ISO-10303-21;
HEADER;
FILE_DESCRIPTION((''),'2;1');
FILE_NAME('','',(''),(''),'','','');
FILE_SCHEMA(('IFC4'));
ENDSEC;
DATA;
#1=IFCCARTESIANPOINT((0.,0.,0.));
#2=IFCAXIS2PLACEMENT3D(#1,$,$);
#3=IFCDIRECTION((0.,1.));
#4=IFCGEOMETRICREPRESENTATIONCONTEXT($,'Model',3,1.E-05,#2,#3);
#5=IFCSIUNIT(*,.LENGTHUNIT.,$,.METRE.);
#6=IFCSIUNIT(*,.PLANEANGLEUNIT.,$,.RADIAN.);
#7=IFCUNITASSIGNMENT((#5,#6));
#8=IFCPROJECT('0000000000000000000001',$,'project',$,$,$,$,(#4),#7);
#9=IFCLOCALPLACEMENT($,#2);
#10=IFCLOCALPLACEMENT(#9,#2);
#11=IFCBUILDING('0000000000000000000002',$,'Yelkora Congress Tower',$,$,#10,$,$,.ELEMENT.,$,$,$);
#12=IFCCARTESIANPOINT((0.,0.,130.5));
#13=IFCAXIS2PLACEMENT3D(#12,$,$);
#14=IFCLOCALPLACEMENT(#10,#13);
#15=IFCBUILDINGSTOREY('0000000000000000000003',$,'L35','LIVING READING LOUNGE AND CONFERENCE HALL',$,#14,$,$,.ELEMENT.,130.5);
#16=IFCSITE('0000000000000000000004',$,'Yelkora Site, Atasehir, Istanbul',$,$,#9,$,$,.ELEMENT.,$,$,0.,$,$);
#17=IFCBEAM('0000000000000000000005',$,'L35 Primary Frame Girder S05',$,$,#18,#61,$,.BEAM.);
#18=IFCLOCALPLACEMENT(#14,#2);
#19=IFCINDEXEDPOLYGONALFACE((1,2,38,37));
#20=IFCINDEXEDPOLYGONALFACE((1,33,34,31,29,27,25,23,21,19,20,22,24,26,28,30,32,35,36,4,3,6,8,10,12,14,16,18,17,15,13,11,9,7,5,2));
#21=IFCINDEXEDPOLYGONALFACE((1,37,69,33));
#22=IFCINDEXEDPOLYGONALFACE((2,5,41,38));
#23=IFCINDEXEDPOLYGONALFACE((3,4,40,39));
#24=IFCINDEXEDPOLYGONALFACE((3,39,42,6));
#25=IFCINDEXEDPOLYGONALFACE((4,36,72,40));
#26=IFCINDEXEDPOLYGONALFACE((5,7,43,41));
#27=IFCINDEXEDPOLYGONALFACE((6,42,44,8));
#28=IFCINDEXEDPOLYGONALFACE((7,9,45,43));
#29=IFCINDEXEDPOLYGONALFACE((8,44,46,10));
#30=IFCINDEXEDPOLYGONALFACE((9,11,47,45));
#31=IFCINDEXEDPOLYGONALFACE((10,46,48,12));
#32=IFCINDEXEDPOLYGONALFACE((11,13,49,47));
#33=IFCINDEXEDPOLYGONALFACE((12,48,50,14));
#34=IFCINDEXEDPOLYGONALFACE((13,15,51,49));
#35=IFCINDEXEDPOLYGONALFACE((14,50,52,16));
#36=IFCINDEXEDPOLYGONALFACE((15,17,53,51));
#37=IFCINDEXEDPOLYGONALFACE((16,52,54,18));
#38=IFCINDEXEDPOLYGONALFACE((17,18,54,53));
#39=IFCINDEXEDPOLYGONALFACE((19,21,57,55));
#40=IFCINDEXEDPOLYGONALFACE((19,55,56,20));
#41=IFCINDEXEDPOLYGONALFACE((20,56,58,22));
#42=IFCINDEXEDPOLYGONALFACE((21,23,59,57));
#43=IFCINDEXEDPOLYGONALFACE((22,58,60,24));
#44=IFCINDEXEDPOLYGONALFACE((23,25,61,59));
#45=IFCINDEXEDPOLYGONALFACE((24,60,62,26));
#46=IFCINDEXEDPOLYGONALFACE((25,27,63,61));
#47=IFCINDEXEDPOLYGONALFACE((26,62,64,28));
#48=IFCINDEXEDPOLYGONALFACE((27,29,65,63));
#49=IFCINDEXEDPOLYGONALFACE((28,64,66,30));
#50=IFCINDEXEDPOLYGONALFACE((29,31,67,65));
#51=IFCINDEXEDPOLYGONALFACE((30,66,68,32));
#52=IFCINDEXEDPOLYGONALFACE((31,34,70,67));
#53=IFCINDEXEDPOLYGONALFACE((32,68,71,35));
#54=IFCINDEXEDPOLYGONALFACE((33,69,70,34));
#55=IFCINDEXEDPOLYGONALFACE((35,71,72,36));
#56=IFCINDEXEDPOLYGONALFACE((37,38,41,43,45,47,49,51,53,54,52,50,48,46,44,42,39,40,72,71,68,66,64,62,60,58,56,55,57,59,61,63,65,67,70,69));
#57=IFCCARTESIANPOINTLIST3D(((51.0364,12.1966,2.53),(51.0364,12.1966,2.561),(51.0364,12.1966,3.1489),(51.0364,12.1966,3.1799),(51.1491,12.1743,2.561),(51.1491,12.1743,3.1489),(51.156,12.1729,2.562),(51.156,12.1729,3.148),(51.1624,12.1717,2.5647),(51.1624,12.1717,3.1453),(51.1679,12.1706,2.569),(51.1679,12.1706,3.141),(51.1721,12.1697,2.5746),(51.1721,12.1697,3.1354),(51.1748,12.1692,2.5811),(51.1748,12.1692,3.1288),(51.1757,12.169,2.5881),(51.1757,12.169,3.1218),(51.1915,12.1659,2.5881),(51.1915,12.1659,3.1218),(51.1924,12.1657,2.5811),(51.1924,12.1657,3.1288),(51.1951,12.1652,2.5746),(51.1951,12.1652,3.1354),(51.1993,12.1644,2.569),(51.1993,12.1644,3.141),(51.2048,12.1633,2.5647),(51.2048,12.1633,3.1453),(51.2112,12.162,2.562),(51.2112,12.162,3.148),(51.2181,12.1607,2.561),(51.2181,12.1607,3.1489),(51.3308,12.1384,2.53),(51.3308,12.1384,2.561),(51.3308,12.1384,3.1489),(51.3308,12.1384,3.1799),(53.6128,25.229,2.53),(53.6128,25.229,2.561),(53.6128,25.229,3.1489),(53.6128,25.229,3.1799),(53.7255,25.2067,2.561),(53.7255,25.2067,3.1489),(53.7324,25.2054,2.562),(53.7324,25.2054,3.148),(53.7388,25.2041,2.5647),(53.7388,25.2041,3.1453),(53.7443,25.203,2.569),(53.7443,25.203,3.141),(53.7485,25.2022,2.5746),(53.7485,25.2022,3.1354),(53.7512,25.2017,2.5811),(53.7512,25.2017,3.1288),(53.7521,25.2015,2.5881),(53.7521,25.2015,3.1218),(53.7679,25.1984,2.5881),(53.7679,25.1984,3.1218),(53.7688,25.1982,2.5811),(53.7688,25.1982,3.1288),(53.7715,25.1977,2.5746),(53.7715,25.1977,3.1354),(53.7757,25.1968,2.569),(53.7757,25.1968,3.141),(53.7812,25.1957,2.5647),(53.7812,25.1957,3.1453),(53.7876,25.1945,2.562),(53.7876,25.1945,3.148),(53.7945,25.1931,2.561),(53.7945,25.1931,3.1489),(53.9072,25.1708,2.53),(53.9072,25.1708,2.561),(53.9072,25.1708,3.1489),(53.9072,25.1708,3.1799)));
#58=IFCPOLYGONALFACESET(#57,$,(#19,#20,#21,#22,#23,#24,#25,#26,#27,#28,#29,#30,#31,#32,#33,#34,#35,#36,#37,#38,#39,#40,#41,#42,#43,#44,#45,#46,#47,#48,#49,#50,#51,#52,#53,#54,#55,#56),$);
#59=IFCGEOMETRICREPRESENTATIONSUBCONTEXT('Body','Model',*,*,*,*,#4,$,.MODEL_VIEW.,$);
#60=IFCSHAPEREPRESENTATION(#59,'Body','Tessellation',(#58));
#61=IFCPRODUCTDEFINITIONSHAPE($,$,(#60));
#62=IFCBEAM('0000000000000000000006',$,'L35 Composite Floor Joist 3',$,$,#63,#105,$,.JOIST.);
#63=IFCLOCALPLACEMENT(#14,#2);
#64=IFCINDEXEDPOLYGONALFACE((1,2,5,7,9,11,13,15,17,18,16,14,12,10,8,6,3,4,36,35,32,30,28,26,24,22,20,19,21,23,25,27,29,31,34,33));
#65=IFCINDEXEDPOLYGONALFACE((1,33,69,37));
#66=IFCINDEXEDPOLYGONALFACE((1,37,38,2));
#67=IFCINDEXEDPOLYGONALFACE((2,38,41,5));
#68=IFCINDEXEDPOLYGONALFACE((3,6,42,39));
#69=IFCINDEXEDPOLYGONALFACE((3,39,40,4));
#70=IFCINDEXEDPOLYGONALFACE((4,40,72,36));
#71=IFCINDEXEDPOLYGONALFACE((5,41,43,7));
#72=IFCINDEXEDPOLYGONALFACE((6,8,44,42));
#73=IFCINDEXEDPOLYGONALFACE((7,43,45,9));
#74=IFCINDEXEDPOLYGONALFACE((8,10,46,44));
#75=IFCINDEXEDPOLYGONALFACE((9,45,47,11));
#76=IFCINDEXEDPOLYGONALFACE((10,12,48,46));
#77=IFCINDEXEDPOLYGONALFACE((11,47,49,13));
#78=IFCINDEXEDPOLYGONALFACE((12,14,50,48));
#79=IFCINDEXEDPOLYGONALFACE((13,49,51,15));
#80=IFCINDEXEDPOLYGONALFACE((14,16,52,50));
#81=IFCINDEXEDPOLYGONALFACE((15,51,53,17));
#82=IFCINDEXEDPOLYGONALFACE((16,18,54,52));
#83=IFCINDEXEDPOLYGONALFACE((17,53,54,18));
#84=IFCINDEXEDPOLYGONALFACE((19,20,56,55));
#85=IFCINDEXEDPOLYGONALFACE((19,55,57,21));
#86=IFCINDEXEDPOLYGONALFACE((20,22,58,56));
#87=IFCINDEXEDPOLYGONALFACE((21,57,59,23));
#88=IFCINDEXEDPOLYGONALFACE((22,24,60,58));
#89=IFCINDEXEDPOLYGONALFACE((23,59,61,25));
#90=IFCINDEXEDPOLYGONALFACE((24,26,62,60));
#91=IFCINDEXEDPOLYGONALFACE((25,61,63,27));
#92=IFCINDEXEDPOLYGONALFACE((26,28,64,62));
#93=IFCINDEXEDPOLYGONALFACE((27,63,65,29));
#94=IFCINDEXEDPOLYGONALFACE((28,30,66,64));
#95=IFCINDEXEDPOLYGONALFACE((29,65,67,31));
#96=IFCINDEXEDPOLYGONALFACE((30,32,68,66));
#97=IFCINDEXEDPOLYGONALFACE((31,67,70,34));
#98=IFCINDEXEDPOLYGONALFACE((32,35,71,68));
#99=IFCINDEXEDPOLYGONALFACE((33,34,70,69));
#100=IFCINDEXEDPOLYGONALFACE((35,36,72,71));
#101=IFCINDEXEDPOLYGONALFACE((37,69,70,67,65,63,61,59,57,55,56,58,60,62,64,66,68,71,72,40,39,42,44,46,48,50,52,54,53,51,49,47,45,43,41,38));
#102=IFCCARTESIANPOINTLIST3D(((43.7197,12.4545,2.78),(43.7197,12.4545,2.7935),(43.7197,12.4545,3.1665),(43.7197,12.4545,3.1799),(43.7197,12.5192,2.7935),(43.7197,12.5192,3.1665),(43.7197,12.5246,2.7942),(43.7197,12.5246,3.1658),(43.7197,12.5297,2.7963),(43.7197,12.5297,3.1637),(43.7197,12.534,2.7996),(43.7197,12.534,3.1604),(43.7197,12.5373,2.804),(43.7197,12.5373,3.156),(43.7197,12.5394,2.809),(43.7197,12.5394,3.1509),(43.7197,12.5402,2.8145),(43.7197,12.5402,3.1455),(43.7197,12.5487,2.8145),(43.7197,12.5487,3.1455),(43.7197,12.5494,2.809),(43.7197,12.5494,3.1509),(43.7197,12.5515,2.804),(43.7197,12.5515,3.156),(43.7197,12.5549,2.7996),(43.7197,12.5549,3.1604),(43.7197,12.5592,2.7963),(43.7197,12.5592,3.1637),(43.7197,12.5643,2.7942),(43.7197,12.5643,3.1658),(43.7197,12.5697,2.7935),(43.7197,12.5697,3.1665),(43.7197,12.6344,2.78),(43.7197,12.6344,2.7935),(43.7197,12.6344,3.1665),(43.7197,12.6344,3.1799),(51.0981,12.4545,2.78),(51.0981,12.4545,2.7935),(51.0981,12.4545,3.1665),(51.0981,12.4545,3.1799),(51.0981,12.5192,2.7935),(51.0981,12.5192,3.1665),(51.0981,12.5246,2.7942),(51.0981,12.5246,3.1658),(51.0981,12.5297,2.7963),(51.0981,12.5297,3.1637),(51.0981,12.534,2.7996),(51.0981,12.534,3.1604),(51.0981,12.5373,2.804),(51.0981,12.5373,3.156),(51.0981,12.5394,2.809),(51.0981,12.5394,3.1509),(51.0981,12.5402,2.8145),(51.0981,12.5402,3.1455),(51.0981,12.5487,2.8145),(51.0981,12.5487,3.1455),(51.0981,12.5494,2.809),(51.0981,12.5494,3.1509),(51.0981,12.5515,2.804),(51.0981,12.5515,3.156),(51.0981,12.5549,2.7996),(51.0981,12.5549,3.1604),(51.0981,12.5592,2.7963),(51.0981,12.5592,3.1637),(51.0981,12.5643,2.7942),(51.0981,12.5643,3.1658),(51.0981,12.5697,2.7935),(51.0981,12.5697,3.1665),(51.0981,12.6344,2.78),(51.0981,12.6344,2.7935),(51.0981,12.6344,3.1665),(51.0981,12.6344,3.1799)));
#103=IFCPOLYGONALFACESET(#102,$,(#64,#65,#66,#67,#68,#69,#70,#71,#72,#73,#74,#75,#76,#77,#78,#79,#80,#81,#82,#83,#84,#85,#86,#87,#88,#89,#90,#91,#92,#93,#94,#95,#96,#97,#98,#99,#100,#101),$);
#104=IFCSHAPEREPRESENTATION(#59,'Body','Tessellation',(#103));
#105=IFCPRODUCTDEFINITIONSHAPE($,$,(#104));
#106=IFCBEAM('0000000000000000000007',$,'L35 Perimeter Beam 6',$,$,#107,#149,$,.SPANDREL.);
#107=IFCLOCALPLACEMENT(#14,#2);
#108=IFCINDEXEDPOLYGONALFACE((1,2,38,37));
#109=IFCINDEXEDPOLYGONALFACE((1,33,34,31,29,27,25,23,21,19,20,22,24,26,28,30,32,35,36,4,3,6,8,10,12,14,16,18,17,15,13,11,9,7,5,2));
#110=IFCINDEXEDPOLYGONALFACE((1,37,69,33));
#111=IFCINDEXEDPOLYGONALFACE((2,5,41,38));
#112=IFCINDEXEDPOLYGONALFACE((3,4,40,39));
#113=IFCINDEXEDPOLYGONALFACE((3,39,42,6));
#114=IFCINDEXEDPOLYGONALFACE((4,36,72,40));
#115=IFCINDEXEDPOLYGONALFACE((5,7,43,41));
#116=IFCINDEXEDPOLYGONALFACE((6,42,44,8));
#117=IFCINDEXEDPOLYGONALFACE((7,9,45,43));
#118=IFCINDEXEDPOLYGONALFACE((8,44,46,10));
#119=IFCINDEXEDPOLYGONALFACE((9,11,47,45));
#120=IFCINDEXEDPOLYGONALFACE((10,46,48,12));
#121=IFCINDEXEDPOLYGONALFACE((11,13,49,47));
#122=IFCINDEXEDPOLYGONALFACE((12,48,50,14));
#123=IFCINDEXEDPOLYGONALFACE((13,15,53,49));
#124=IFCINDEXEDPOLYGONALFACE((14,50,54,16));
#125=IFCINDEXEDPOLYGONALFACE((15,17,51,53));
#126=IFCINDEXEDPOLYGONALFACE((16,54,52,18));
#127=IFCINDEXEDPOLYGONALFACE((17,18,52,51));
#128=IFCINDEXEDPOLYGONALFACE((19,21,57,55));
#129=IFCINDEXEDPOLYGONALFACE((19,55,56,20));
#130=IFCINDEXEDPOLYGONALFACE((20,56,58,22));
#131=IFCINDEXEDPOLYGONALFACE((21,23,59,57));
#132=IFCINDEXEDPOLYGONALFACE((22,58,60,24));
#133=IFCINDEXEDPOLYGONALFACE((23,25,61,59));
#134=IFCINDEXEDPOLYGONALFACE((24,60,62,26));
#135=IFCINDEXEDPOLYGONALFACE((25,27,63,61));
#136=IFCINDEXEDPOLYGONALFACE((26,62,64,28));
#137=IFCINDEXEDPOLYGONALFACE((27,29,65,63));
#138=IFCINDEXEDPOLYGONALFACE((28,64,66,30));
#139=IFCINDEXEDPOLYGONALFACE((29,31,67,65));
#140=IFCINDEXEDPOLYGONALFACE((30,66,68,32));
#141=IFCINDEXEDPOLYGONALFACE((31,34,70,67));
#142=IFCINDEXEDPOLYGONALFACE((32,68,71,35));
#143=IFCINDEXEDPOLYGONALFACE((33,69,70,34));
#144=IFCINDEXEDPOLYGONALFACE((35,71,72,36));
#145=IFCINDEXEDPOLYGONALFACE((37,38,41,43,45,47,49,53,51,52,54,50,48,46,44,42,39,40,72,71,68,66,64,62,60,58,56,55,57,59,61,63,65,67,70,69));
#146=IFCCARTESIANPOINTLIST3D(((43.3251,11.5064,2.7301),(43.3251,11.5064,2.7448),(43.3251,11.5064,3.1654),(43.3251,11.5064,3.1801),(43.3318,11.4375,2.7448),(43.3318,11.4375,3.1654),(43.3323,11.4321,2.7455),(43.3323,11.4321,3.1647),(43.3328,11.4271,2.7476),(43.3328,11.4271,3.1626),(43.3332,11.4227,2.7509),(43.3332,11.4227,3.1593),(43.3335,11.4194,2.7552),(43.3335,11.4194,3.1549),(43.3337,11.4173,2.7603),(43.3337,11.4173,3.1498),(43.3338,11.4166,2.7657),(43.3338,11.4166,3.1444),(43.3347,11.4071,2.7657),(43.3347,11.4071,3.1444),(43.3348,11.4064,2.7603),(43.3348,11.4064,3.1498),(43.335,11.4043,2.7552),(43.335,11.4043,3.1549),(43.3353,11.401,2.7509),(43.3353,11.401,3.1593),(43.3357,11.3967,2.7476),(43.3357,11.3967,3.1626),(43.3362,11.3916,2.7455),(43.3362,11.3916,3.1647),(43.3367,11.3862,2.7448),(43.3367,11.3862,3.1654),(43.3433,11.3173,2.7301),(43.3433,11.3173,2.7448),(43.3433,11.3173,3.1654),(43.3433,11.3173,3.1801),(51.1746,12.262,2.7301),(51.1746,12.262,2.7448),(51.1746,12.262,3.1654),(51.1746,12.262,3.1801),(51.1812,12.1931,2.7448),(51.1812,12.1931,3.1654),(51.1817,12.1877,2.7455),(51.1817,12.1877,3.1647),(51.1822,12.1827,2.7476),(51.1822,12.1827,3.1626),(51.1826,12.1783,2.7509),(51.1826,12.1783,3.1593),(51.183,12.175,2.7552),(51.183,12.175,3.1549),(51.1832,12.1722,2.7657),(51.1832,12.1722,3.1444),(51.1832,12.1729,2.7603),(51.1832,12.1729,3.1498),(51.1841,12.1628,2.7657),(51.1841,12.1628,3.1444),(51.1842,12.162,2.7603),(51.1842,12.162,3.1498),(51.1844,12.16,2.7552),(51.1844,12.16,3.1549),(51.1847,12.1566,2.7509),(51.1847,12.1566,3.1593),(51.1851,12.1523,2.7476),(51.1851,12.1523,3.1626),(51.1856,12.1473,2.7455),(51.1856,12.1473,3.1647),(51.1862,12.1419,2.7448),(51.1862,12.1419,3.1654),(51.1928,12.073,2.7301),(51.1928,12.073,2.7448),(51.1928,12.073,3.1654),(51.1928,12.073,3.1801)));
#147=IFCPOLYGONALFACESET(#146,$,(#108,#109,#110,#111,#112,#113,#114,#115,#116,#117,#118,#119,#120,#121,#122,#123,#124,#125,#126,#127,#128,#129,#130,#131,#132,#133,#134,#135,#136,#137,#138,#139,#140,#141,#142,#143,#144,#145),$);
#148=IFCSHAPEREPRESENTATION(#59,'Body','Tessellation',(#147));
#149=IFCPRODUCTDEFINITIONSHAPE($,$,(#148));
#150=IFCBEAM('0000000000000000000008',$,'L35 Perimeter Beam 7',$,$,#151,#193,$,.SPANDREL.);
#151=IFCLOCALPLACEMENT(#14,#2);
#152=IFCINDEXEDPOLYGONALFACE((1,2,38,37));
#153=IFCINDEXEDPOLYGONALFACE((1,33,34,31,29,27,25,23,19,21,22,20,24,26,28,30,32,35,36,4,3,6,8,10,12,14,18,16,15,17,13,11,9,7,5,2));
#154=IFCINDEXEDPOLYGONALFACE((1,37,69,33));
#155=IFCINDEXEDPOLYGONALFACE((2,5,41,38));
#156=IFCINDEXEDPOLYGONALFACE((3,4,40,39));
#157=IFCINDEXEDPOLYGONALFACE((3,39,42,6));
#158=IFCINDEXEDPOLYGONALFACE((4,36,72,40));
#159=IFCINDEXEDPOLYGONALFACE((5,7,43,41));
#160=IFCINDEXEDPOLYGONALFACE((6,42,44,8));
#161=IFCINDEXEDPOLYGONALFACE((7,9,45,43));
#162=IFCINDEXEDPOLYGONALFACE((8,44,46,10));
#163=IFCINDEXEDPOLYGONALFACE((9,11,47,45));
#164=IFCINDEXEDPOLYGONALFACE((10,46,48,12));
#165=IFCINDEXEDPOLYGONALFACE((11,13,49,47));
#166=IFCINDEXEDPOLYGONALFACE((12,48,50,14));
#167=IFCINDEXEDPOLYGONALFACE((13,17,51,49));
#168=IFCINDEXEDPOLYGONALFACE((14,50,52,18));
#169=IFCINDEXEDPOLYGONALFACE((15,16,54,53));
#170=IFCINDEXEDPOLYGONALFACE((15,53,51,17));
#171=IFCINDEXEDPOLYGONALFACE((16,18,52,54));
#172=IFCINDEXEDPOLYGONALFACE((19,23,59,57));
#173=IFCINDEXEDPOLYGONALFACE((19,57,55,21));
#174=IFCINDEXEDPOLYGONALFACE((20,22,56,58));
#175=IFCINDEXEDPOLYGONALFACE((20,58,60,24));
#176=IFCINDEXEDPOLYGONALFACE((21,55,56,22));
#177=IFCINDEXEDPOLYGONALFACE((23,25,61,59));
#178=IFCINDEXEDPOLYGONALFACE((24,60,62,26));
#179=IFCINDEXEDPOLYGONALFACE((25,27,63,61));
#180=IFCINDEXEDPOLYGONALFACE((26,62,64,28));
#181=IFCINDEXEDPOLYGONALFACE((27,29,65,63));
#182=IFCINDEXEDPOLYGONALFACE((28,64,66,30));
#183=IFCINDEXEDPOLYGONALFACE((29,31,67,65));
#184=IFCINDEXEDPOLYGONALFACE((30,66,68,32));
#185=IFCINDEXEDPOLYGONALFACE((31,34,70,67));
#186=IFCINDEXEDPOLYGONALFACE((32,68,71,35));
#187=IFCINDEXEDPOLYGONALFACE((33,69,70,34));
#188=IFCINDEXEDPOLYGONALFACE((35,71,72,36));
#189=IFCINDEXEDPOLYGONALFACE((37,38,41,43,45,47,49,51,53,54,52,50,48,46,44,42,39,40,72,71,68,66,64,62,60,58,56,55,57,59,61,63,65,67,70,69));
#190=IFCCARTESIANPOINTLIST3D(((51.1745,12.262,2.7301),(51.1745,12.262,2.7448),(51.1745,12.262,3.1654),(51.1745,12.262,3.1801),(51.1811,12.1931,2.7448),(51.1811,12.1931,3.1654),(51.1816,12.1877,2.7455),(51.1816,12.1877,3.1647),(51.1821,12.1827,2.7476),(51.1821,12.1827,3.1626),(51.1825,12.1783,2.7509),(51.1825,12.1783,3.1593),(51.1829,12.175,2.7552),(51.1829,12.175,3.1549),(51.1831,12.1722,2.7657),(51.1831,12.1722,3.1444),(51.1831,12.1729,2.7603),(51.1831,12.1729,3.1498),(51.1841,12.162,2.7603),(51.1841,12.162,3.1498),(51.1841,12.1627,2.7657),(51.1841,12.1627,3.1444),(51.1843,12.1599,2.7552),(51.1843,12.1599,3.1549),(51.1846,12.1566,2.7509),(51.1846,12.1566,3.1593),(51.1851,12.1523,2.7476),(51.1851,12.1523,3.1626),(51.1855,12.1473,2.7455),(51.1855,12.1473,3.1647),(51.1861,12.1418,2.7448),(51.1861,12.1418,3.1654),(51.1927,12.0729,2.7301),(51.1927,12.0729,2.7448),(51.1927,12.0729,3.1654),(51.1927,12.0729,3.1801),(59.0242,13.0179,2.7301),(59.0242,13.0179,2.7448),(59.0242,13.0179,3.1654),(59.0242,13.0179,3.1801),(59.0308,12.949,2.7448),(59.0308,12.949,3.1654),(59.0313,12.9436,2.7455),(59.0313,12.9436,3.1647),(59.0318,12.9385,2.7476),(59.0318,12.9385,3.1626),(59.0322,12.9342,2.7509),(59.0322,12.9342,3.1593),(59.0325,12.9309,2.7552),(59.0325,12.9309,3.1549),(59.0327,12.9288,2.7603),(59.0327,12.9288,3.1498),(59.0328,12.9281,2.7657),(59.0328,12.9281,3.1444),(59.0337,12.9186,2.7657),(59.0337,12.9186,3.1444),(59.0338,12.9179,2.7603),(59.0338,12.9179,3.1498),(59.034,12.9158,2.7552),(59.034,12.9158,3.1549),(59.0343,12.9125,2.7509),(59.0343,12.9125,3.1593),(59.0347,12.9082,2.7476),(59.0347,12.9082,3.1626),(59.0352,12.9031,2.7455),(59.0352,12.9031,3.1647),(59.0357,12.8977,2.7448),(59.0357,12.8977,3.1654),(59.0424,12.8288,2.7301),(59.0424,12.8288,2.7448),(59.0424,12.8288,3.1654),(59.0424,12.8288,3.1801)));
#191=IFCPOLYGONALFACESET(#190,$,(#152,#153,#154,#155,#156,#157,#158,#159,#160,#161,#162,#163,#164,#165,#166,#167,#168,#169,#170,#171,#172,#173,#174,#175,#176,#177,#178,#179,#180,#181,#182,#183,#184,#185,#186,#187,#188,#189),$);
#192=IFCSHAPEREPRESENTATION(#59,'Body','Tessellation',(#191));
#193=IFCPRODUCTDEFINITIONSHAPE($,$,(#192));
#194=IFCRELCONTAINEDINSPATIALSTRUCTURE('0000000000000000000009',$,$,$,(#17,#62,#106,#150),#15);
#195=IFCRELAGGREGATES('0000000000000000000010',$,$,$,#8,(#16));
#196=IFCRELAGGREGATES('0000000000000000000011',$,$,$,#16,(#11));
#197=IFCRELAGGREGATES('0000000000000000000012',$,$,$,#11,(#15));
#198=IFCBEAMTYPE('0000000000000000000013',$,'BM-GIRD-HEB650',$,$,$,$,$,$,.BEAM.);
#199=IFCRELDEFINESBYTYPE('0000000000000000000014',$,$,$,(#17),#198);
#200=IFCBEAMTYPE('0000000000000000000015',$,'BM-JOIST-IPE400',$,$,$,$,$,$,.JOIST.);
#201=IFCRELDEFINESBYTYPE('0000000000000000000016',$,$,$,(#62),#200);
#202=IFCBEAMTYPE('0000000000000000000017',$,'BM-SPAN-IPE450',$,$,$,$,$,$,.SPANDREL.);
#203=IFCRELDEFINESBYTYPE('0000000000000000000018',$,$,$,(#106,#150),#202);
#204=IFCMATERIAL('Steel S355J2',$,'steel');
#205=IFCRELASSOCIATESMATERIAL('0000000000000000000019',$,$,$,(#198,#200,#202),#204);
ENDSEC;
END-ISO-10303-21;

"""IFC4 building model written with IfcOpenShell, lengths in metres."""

from ifc_helpers import new_model, si_unit, direction, frame, origin, origin_2d, place, context, subcontext, project, spatial, i_section, extrude, material, material_profile, profile_set, type_object, element, save


model = new_model("IFC4")

# Units and contexts
model_context = context("Model", 3, precision=1e-05, world=origin(), true_north=direction((0.0, 1.0)))
body_context = subcontext(model_context, "Body", "Model", "MODEL_VIEW")
ifc_project = project(units=[si_unit("LENGTHUNIT", "METRE"), si_unit("PLANEANGLEUNIT", "RADIAN")], contexts=[model_context])

# Site, building, storey
site_placement = place(None, origin())
site = spatial("IfcSite", under=ifc_project, at=site_placement, Name="Yelkora Site, Atasehir, Istanbul", CompositionType="ELEMENT", RefElevation=0.0)
building_placement = place(site_placement, origin())
building = spatial("IfcBuilding", under=site, at=building_placement, Name="Yelkora Congress Tower", CompositionType="ELEMENT")
storey_placement = place(building_placement, frame((0.0, 0.0, 130.5)))
storey = spatial("IfcBuildingStorey", under=building, at=storey_placement, Name="L35", Description="LIVING READING LOUNGE AND CONFERENCE HALL", CompositionType="ELEMENT", Elevation=130.5)

# Beams
ifc_material_1 = material(Name="Steel S355J2", Category="steel")
ifc_material_profile_1 = material_profile(ifc_material_1, i_section(OverallWidth=0.3, OverallDepth=0.6499, WebThickness=0.0161, FlangeThickness=0.031, FilletRadius=0.0271, at=origin_2d()), Name="HEB 650")
ifc_profile_set_1 = profile_set([ifc_material_profile_1], Name="Steel S355J2")
beam_type_1 = type_object("IfcBeamType", Name="BM-GIRD-HEB650", PredefinedType="BEAM", material=ifc_profile_set_1)
beam_1_placement = place(storey_placement, frame((51.1836, 12.1675, 2.855), z_axis=(0.193939, 0.981014, 0.0), x_axis=(-0.981014, 0.193939, 0.0)))
element("IfcBeam", 1, at=beam_1_placement, inside=storey, type_object=beam_type_1, Name="L35 Primary Frame Girder S05", PredefinedType="BEAM", context=body_context, shape_type="SweptSolid", body=[
    extrude(i_section(OverallWidth=0.3, OverallDepth=0.6499, WebThickness=0.0161, FlangeThickness=0.031, FilletRadius=0.0271, at=origin_2d()), origin(), (0.0, 0.0, 1.0), 13.2847),
])
ifc_material_profile_2 = material_profile(ifc_material_1, i_section(OverallWidth=0.1799, OverallDepth=0.3999, WebThickness=0.0085, FlangeThickness=0.0134, FilletRadius=0.021, at=origin_2d()), Name="IPE 400")
ifc_profile_set_2 = profile_set([ifc_material_profile_2], Name="Steel S355J2")
beam_type_2 = type_object("IfcBeamType", Name="BM-JOIST-IPE400", PredefinedType="JOIST", material=ifc_profile_set_2)
beam_2_placement = place(storey_placement, frame((43.7197, 12.5444, 2.98), z_axis=(1.0, 0.0, 0.0), x_axis=(0.0, 1.0, 0.0)))
element("IfcBeam", 2, at=beam_2_placement, inside=storey, type_object=beam_type_2, Name="L35 Composite Floor Joist 3", PredefinedType="JOIST", context=body_context, shape_type="SweptSolid", body=[
    extrude(i_section(OverallWidth=0.1799, OverallDepth=0.3999, WebThickness=0.0085, FlangeThickness=0.0134, FilletRadius=0.021, at=origin_2d()), origin(), (0.0, 0.0, 1.0), 7.3784),
])
ifc_material_profile_3 = material_profile(ifc_material_1, i_section(OverallWidth=0.1899, OverallDepth=0.45, WebThickness=0.0095, FlangeThickness=0.0146, FilletRadius=0.021, at=origin_2d()), Name="IPE 450")
ifc_profile_set_3 = profile_set([ifc_material_profile_3], Name="Steel S355J2")
beam_type_3 = type_object("IfcBeamType", Name="BM-SPAN-IPE450", PredefinedType="SPANDREL", material=ifc_profile_set_3)
beam_3_placement = place(storey_placement, frame((43.3342, 11.4119, 2.9551), z_axis=(0.995399, 0.095822, 0.0), x_axis=(-0.095822, 0.995399, 0.0)))
element("IfcBeam", 3, at=beam_3_placement, inside=storey, type_object=beam_type_3, Name="L35 Perimeter Beam 6", PredefinedType="SPANDREL", context=body_context, shape_type="SweptSolid", body=[
    extrude(i_section(OverallWidth=0.1899, OverallDepth=0.45, WebThickness=0.0095, FlangeThickness=0.0146, FilletRadius=0.021, at=origin_2d()), origin(), (0.0, 0.0, 1.0), 7.8857),
])
beam_4_placement = place(storey_placement, frame((51.1836, 12.1675, 2.9551), z_axis=(0.995396, 0.095849, 0.0), x_axis=(-0.095849, 0.995396, 0.0)))
element("IfcBeam", 4, at=beam_4_placement, inside=storey, type_object=beam_type_3, Name="L35 Perimeter Beam 7", PredefinedType="SPANDREL", context=body_context, shape_type="SweptSolid", body=[
    extrude(i_section(OverallWidth=0.1899, OverallDepth=0.45, WebThickness=0.0095, FlangeThickness=0.0146, FilletRadius=0.021, at=origin_2d()), origin(), (0.0, 0.0, 1.0), 7.886),
])

save(model, "model.ifc")
